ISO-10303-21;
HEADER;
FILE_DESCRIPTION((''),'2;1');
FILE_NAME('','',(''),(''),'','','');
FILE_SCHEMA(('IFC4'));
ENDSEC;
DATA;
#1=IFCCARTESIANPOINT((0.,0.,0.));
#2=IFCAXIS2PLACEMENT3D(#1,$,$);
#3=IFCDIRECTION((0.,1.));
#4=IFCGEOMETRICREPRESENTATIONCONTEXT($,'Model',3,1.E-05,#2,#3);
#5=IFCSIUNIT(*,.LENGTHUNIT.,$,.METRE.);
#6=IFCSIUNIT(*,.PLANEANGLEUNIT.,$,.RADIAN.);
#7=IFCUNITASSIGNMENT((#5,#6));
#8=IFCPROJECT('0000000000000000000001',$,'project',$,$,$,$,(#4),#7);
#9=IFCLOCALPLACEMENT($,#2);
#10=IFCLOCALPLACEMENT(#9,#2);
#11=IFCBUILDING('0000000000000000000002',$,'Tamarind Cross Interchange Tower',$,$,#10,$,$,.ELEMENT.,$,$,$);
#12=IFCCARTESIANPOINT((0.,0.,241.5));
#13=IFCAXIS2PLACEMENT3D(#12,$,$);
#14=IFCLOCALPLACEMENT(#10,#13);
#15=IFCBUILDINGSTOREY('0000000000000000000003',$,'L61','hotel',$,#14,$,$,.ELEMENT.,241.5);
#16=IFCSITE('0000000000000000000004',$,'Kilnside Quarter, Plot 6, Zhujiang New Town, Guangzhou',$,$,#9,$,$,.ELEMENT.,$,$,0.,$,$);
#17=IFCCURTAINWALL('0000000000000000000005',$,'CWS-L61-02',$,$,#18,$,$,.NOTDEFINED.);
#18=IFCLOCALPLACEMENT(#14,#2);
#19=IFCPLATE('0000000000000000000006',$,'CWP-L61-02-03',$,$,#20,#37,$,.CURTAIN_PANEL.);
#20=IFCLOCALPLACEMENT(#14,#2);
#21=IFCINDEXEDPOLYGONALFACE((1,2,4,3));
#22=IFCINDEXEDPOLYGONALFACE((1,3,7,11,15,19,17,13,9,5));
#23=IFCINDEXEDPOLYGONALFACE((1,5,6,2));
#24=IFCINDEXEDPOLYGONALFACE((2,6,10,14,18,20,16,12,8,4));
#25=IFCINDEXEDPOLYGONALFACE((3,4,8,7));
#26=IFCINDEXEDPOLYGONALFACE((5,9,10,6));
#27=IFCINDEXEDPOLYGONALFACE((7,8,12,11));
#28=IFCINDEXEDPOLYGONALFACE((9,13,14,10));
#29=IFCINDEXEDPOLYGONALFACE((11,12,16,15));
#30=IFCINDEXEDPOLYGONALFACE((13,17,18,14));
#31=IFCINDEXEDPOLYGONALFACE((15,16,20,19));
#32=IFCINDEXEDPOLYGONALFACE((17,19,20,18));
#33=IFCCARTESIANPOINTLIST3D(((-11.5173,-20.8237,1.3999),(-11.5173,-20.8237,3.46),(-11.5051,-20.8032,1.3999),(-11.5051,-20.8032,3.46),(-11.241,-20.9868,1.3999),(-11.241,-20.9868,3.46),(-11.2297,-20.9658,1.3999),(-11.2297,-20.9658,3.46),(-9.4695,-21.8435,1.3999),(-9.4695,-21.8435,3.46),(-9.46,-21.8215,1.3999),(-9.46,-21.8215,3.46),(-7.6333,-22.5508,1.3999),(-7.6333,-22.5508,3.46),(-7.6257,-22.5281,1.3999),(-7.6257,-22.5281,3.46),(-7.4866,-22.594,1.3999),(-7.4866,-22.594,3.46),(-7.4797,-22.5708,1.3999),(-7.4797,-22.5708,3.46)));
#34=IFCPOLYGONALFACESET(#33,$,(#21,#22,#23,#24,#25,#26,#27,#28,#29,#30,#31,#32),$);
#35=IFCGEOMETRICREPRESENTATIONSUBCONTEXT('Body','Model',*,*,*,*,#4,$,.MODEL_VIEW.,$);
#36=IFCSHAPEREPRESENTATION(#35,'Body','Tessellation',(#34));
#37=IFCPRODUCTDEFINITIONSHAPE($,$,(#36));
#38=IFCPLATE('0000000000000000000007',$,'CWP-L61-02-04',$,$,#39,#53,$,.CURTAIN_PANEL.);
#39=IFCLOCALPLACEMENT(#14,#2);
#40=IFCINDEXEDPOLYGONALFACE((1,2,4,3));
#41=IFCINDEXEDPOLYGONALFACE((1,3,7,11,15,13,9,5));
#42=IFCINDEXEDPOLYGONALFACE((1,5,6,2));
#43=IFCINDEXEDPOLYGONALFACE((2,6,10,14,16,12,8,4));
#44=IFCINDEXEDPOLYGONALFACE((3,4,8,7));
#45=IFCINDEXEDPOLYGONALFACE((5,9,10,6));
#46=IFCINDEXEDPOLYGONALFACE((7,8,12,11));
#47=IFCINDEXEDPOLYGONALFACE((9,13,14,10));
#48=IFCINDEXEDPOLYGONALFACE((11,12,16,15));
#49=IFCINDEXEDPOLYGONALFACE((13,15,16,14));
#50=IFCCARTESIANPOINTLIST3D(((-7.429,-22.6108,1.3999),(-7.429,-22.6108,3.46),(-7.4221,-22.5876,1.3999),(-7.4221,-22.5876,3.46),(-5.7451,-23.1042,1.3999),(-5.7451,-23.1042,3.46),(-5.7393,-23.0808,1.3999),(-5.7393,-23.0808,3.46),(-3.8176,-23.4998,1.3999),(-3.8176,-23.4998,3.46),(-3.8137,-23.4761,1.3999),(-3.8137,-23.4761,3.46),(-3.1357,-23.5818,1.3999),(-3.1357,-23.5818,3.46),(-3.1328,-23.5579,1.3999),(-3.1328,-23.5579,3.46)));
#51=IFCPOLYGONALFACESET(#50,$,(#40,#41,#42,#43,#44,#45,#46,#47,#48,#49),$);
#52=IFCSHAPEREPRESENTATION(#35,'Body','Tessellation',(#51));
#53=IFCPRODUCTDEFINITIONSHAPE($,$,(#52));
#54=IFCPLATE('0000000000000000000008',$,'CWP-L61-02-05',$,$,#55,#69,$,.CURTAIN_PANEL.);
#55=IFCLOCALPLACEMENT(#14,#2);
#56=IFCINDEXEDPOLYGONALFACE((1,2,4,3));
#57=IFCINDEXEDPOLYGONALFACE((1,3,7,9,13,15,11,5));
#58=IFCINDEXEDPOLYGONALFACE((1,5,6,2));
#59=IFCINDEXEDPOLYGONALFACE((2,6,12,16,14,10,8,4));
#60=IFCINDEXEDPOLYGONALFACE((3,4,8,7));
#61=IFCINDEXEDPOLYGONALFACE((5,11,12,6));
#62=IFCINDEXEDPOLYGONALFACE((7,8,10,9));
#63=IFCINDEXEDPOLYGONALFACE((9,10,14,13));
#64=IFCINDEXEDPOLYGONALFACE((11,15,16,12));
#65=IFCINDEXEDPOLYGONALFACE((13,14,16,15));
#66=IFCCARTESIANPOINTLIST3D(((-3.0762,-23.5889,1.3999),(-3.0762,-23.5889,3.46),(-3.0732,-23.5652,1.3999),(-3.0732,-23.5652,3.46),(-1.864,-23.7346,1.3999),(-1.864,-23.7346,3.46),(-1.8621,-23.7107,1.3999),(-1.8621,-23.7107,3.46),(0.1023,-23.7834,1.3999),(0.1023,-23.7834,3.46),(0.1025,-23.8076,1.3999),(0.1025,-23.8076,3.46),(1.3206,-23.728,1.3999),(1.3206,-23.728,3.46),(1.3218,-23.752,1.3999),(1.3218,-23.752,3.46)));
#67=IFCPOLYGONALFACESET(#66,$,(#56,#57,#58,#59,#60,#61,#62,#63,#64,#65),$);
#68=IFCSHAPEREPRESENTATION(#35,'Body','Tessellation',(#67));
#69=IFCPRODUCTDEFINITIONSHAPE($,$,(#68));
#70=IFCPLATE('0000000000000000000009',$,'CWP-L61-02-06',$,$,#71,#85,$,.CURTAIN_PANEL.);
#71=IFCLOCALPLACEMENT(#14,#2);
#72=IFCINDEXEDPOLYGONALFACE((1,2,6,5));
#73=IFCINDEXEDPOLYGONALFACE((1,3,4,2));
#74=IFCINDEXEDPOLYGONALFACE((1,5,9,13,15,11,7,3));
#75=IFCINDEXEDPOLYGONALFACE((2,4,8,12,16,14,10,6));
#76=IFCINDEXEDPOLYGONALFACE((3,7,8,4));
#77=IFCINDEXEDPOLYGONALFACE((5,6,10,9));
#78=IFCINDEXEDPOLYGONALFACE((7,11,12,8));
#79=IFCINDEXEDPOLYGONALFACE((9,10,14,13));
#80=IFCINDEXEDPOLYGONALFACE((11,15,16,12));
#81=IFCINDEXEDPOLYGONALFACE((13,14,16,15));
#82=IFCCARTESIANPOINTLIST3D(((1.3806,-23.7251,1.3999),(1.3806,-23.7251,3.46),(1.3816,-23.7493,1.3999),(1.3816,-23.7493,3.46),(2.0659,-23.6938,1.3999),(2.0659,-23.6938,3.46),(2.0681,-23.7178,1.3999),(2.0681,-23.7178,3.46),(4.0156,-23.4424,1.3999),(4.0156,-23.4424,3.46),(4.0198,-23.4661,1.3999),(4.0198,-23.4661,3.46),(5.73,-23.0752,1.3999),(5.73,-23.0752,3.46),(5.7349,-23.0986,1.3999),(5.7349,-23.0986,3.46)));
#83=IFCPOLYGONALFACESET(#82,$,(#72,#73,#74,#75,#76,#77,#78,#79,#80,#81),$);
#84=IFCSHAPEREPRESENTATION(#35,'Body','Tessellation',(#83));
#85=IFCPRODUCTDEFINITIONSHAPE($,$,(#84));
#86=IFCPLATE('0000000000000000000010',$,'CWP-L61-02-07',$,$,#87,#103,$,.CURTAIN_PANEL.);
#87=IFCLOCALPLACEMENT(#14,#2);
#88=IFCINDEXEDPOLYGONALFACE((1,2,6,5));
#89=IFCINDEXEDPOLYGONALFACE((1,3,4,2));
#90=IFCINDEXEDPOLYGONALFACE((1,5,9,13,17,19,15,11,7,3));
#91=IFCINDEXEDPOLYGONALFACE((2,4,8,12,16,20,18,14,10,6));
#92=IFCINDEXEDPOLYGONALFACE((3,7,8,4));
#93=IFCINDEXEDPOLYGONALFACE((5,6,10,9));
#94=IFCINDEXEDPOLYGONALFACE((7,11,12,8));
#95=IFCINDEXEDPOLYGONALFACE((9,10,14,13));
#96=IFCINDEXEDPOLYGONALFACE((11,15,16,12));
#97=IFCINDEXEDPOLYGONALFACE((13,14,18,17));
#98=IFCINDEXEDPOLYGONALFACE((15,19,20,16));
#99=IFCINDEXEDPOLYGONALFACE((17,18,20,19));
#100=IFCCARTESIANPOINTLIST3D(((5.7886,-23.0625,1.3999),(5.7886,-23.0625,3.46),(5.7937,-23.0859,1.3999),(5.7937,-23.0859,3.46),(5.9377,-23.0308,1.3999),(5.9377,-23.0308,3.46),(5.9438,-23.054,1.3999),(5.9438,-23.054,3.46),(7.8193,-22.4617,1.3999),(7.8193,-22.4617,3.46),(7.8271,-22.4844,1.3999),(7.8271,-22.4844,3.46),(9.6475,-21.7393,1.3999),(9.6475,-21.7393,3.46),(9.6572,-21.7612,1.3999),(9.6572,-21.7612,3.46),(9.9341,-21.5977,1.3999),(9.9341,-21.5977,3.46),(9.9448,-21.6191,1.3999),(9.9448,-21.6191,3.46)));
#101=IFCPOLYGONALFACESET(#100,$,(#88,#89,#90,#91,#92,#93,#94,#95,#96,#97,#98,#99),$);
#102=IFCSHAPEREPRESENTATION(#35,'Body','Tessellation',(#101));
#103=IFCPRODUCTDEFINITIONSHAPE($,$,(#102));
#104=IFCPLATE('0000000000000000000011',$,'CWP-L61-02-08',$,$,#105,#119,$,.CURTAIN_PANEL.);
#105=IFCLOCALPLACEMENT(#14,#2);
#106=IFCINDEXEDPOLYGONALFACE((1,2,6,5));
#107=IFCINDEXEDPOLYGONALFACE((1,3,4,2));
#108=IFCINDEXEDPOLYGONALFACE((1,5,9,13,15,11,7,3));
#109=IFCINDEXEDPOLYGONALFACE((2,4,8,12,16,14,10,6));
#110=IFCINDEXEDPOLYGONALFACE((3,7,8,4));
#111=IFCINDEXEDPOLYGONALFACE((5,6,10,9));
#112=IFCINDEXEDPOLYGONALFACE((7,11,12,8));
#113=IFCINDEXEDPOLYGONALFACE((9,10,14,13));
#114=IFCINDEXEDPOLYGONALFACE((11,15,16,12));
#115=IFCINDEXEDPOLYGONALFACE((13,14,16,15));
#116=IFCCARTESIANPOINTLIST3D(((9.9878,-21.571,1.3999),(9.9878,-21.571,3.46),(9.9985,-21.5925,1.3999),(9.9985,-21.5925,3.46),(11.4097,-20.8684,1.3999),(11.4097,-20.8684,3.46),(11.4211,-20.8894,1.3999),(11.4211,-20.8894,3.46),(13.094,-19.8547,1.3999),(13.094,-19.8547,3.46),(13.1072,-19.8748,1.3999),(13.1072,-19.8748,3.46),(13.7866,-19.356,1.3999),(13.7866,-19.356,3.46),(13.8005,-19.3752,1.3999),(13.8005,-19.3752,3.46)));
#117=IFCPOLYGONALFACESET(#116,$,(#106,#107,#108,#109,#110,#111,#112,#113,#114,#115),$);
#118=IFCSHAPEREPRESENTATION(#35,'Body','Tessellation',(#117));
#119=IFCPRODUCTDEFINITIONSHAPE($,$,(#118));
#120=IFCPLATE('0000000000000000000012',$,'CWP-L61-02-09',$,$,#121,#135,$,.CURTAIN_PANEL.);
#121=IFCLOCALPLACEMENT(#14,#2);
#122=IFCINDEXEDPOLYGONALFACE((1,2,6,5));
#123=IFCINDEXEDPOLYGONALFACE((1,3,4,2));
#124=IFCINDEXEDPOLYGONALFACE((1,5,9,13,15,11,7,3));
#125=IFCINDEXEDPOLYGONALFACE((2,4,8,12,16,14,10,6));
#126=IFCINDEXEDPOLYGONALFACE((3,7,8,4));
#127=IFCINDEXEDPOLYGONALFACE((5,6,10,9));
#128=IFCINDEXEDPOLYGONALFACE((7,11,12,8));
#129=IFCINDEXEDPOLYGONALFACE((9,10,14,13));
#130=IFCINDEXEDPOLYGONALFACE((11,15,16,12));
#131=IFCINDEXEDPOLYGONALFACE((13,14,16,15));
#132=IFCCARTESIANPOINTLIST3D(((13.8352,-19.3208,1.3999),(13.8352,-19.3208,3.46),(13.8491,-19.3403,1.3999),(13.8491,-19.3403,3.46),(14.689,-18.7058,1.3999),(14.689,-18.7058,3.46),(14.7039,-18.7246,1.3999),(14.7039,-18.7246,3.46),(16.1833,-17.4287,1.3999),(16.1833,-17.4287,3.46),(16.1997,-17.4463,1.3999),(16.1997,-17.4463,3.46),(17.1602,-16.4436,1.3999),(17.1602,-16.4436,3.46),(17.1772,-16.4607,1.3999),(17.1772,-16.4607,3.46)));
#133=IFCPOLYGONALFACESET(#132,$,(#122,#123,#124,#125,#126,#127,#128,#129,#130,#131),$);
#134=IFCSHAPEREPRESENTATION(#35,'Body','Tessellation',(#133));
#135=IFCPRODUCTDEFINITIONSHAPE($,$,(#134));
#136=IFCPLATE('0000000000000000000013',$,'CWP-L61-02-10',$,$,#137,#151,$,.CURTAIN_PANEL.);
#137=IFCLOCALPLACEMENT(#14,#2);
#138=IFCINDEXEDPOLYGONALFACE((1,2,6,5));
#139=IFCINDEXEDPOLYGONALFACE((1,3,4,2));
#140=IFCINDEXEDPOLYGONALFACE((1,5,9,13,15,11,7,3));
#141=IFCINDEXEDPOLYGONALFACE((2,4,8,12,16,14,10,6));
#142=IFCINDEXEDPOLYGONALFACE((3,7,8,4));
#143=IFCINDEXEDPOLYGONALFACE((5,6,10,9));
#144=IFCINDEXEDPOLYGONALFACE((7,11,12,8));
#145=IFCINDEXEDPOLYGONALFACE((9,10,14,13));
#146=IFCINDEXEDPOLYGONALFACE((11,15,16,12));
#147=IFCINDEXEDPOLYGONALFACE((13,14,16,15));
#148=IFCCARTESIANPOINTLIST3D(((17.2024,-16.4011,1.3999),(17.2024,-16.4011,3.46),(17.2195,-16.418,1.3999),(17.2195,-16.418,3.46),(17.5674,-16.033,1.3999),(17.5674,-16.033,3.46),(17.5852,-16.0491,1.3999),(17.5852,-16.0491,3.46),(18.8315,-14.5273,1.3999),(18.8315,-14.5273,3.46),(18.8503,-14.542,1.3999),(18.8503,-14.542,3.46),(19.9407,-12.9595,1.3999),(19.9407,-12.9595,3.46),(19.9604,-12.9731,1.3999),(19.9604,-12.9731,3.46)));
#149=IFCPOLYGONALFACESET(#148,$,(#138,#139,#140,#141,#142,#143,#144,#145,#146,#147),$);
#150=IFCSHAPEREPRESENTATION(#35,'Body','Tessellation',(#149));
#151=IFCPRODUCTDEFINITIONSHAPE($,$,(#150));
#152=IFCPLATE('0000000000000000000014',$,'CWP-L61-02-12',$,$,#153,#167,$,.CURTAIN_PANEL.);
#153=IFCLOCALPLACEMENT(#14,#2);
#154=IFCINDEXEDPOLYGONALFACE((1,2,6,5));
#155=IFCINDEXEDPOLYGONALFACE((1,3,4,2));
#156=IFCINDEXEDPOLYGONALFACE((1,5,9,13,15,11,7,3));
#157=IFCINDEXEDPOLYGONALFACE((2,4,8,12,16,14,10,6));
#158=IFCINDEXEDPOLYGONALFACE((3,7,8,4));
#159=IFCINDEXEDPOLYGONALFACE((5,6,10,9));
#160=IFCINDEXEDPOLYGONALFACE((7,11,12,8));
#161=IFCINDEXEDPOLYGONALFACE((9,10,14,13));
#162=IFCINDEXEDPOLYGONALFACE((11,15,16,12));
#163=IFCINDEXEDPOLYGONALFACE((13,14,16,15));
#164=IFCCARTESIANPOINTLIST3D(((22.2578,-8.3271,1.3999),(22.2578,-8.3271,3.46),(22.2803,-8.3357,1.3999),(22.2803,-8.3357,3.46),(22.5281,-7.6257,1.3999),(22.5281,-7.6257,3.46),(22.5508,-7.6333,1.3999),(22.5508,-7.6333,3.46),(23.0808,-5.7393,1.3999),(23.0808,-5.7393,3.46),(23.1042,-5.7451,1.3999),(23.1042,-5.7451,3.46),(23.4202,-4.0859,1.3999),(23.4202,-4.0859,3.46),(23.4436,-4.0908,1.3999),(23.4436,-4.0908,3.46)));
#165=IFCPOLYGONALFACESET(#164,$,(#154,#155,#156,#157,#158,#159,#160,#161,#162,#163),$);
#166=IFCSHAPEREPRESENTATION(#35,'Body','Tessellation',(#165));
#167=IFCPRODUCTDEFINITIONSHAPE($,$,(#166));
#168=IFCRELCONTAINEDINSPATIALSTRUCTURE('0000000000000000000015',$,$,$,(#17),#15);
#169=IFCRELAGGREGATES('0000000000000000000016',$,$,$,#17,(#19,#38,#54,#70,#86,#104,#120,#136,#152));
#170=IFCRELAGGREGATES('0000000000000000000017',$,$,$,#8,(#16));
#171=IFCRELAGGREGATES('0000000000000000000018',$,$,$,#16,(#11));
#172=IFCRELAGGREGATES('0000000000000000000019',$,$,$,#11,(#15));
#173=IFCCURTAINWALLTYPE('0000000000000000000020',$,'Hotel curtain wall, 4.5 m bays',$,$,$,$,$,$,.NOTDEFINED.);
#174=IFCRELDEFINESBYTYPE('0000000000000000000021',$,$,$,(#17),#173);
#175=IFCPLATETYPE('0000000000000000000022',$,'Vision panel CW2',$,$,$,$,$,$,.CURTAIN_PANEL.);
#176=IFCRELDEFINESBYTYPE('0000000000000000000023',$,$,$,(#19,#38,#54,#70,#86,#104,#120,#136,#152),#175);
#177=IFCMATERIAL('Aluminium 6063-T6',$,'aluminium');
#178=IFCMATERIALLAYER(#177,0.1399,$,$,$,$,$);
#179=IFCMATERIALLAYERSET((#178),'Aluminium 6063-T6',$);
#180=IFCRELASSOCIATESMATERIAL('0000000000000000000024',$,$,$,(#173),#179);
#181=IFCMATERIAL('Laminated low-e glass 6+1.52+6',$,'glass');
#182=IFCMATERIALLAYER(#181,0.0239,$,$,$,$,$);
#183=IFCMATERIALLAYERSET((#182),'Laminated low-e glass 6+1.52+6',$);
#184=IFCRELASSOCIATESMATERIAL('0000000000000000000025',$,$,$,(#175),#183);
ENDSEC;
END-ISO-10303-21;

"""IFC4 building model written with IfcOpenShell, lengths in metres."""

from ifc_helpers import new_model, si_unit, direction, frame, origin, place, context, subcontext, project, spatial, polyline, outline, extrude, material, layer, layer_set, type_object, element, aggregate, save


model = new_model("IFC4")

# Units and contexts
model_context = context("Model", 3, precision=1e-05, world=origin(), true_north=direction((0.0, 1.0)))
body_context = subcontext(model_context, "Body", "Model", "MODEL_VIEW")
ifc_project = project(units=[si_unit("LENGTHUNIT", "METRE"), si_unit("PLANEANGLEUNIT", "RADIAN")], contexts=[model_context])

# Site, building, storey
site_placement = place(None, origin())
site = spatial("IfcSite", under=ifc_project, at=site_placement, Name="Kilnside Quarter, Plot 6, Zhujiang New Town, Guangzhou", CompositionType="ELEMENT", RefElevation=0.0)
building_placement = place(site_placement, origin())
building = spatial("IfcBuilding", under=site, at=building_placement, Name="Tamarind Cross Interchange Tower", CompositionType="ELEMENT")
storey_placement = place(building_placement, frame((0.0, 0.0, 241.5)))
storey = spatial("IfcBuildingStorey", under=building, at=storey_placement, Name="L61", Description="hotel", CompositionType="ELEMENT", Elevation=241.5)

# Shared definitions
ifc_material_1 = material(Name="Aluminium 6063-T6", Category="aluminium")
ifc_layer_1 = layer(ifc_material_1, 0.1399)
ifc_layer_set_1 = layer_set([ifc_layer_1], Name="Aluminium 6063-T6")
curtain_wall_type = type_object("IfcCurtainWallType", Name="Hotel curtain wall, 4.5 m bays", PredefinedType="NOTDEFINED", material=ifc_layer_set_1)

# Shared definitions
ifc_material_2 = material(Name="Laminated low-e glass 6+1.52+6", Category="glass")
ifc_layer_2 = layer(ifc_material_2, 0.0239)
ifc_layer_set_2 = layer_set([ifc_layer_2], Name="Laminated low-e glass 6+1.52+6")
plate_type = type_object("IfcPlateType", Name="Vision panel CW2", PredefinedType="CURTAIN_PANEL", material=ifc_layer_set_2)

# Curtain wall, plates
curtain_wall_1_placement = place(storey_placement, origin())
curtain_wall_1 = element("IfcCurtainWall", 1, at=curtain_wall_1_placement, inside=storey, type_object=curtain_wall_type, Name="CWS-L61-02", PredefinedType="NOTDEFINED")
plate_1_placement = place(storey_placement, frame((0.0, 0.0, 1.3999)))
plate_1 = element("IfcPlate", 2, at=plate_1_placement, type_object=plate_type, Name="CWP-L61-02-03", PredefinedType="CURTAIN_PANEL", context=body_context, shape_type="SweptSolid", body=[
    extrude(outline(polyline([(-11.5051, -20.8032), (-11.2297, -20.9658), (-9.46, -21.8215), (-7.6257, -22.5281), (-7.4797, -22.5708), (-7.4866, -22.594), (-7.6333, -22.5508), (-9.4695, -21.8435), (-11.241, -20.9868), (-11.5173, -20.8237), (-11.5051, -20.8032)])), origin(), (0.0, 0.0, 1.0), 2.0601),
])
plate_2_placement = place(storey_placement, frame((0.0, 0.0, 1.3999)))
plate_2 = element("IfcPlate", 3, at=plate_2_placement, type_object=plate_type, Name="CWP-L61-02-04", PredefinedType="CURTAIN_PANEL", context=body_context, shape_type="SweptSolid", body=[
    extrude(outline(polyline([(-7.4221, -22.5876), (-5.7393, -23.0808), (-3.8137, -23.4761), (-3.1328, -23.5579), (-3.1357, -23.5818), (-3.8176, -23.4998), (-5.7451, -23.1042), (-7.429, -22.6108), (-7.4221, -22.5876)])), origin(), (0.0, 0.0, 1.0), 2.0601),
])
plate_3_placement = place(storey_placement, frame((0.0, 0.0, 1.3999)))
plate_3 = element("IfcPlate", 4, at=plate_3_placement, type_object=plate_type, Name="CWP-L61-02-05", PredefinedType="CURTAIN_PANEL", context=body_context, shape_type="SweptSolid", body=[
    extrude(outline(polyline([(-3.0732, -23.5652), (-1.8621, -23.7107), (0.1023, -23.7834), (1.3206, -23.728), (1.3218, -23.752), (0.1025, -23.8076), (-1.864, -23.7346), (-3.0762, -23.5889), (-3.0732, -23.5652)])), origin(), (0.0, 0.0, 1.0), 2.0601),
])
plate_4_placement = place(storey_placement, frame((0.0, 0.0, 1.3999)))
plate_4 = element("IfcPlate", 5, at=plate_4_placement, type_object=plate_type, Name="CWP-L61-02-06", PredefinedType="CURTAIN_PANEL", context=body_context, shape_type="SweptSolid", body=[
    extrude(outline(polyline([(1.3806, -23.7251), (2.0659, -23.6938), (4.0156, -23.4424), (5.73, -23.0752), (5.7349, -23.0986), (4.0198, -23.4661), (2.0681, -23.7178), (1.3816, -23.7493), (1.3806, -23.7251)])), origin(), (0.0, 0.0, 1.0), 2.0601),
])
plate_5_placement = place(storey_placement, frame((0.0, 0.0, 1.3999)))
plate_5 = element("IfcPlate", 6, at=plate_5_placement, type_object=plate_type, Name="CWP-L61-02-07", PredefinedType="CURTAIN_PANEL", context=body_context, shape_type="SweptSolid", body=[
    extrude(outline(polyline([(5.7886, -23.0625), (5.9377, -23.0308), (7.8193, -22.4617), (9.6475, -21.7393), (9.9341, -21.5977), (9.9448, -21.6191), (9.6572, -21.7612), (7.8271, -22.4844), (5.9438, -23.054), (5.7937, -23.0859), (5.7886, -23.0625)])), origin(), (0.0, 0.0, 1.0), 2.0601),
])
plate_6_placement = place(storey_placement, frame((0.0, 0.0, 1.3999)))
plate_6 = element("IfcPlate", 7, at=plate_6_placement, type_object=plate_type, Name="CWP-L61-02-08", PredefinedType="CURTAIN_PANEL", context=body_context, shape_type="SweptSolid", body=[
    extrude(outline(polyline([(9.9878, -21.571), (11.4097, -20.8684), (13.094, -19.8547), (13.7866, -19.356), (13.8005, -19.3752), (13.1072, -19.8748), (11.4211, -20.8894), (9.9985, -21.5925), (9.9878, -21.571)])), origin(), (0.0, 0.0, 1.0), 2.0601),
])
plate_7_placement = place(storey_placement, frame((0.0, 0.0, 1.3999)))
plate_7 = element("IfcPlate", 8, at=plate_7_placement, type_object=plate_type, Name="CWP-L61-02-09", PredefinedType="CURTAIN_PANEL", context=body_context, shape_type="SweptSolid", body=[
    extrude(outline(polyline([(13.8352, -19.3208), (14.689, -18.7058), (16.1833, -17.4287), (17.1602, -16.4436), (17.1772, -16.4607), (16.1997, -17.4463), (14.7039, -18.7246), (13.8491, -19.3403), (13.8352, -19.3208)])), origin(), (0.0, 0.0, 1.0), 2.0601),
])
plate_8_placement = place(storey_placement, frame((0.0, 0.0, 1.3999)))
plate_8 = element("IfcPlate", 9, at=plate_8_placement, type_object=plate_type, Name="CWP-L61-02-10", PredefinedType="CURTAIN_PANEL", context=body_context, shape_type="SweptSolid", body=[
    extrude(outline(polyline([(17.2024, -16.4011), (17.5674, -16.033), (18.8315, -14.5273), (19.9407, -12.9595), (19.9604, -12.9731), (18.8503, -14.542), (17.5852, -16.0491), (17.2195, -16.418), (17.2024, -16.4011)])), origin(), (0.0, 0.0, 1.0), 2.0601),
])
plate_9_placement = place(storey_placement, frame((0.0, 0.0, 1.3999)))
plate_9 = element("IfcPlate", 10, at=plate_9_placement, type_object=plate_type, Name="CWP-L61-02-12", PredefinedType="CURTAIN_PANEL", context=body_context, shape_type="SweptSolid", body=[
    extrude(outline(polyline([(22.2578, -8.3271), (22.5281, -7.6257), (23.0808, -5.7393), (23.4202, -4.0859), (23.4436, -4.0908), (23.1042, -5.7451), (22.5508, -7.6333), (22.2803, -8.3357), (22.2578, -8.3271)])), origin(), (0.0, 0.0, 1.0), 2.0601),
])
aggregate(curtain_wall_1, [plate_1, plate_2, plate_3, plate_4, plate_5, plate_6, plate_7, plate_8, plate_9])

save(model, "model.ifc")
